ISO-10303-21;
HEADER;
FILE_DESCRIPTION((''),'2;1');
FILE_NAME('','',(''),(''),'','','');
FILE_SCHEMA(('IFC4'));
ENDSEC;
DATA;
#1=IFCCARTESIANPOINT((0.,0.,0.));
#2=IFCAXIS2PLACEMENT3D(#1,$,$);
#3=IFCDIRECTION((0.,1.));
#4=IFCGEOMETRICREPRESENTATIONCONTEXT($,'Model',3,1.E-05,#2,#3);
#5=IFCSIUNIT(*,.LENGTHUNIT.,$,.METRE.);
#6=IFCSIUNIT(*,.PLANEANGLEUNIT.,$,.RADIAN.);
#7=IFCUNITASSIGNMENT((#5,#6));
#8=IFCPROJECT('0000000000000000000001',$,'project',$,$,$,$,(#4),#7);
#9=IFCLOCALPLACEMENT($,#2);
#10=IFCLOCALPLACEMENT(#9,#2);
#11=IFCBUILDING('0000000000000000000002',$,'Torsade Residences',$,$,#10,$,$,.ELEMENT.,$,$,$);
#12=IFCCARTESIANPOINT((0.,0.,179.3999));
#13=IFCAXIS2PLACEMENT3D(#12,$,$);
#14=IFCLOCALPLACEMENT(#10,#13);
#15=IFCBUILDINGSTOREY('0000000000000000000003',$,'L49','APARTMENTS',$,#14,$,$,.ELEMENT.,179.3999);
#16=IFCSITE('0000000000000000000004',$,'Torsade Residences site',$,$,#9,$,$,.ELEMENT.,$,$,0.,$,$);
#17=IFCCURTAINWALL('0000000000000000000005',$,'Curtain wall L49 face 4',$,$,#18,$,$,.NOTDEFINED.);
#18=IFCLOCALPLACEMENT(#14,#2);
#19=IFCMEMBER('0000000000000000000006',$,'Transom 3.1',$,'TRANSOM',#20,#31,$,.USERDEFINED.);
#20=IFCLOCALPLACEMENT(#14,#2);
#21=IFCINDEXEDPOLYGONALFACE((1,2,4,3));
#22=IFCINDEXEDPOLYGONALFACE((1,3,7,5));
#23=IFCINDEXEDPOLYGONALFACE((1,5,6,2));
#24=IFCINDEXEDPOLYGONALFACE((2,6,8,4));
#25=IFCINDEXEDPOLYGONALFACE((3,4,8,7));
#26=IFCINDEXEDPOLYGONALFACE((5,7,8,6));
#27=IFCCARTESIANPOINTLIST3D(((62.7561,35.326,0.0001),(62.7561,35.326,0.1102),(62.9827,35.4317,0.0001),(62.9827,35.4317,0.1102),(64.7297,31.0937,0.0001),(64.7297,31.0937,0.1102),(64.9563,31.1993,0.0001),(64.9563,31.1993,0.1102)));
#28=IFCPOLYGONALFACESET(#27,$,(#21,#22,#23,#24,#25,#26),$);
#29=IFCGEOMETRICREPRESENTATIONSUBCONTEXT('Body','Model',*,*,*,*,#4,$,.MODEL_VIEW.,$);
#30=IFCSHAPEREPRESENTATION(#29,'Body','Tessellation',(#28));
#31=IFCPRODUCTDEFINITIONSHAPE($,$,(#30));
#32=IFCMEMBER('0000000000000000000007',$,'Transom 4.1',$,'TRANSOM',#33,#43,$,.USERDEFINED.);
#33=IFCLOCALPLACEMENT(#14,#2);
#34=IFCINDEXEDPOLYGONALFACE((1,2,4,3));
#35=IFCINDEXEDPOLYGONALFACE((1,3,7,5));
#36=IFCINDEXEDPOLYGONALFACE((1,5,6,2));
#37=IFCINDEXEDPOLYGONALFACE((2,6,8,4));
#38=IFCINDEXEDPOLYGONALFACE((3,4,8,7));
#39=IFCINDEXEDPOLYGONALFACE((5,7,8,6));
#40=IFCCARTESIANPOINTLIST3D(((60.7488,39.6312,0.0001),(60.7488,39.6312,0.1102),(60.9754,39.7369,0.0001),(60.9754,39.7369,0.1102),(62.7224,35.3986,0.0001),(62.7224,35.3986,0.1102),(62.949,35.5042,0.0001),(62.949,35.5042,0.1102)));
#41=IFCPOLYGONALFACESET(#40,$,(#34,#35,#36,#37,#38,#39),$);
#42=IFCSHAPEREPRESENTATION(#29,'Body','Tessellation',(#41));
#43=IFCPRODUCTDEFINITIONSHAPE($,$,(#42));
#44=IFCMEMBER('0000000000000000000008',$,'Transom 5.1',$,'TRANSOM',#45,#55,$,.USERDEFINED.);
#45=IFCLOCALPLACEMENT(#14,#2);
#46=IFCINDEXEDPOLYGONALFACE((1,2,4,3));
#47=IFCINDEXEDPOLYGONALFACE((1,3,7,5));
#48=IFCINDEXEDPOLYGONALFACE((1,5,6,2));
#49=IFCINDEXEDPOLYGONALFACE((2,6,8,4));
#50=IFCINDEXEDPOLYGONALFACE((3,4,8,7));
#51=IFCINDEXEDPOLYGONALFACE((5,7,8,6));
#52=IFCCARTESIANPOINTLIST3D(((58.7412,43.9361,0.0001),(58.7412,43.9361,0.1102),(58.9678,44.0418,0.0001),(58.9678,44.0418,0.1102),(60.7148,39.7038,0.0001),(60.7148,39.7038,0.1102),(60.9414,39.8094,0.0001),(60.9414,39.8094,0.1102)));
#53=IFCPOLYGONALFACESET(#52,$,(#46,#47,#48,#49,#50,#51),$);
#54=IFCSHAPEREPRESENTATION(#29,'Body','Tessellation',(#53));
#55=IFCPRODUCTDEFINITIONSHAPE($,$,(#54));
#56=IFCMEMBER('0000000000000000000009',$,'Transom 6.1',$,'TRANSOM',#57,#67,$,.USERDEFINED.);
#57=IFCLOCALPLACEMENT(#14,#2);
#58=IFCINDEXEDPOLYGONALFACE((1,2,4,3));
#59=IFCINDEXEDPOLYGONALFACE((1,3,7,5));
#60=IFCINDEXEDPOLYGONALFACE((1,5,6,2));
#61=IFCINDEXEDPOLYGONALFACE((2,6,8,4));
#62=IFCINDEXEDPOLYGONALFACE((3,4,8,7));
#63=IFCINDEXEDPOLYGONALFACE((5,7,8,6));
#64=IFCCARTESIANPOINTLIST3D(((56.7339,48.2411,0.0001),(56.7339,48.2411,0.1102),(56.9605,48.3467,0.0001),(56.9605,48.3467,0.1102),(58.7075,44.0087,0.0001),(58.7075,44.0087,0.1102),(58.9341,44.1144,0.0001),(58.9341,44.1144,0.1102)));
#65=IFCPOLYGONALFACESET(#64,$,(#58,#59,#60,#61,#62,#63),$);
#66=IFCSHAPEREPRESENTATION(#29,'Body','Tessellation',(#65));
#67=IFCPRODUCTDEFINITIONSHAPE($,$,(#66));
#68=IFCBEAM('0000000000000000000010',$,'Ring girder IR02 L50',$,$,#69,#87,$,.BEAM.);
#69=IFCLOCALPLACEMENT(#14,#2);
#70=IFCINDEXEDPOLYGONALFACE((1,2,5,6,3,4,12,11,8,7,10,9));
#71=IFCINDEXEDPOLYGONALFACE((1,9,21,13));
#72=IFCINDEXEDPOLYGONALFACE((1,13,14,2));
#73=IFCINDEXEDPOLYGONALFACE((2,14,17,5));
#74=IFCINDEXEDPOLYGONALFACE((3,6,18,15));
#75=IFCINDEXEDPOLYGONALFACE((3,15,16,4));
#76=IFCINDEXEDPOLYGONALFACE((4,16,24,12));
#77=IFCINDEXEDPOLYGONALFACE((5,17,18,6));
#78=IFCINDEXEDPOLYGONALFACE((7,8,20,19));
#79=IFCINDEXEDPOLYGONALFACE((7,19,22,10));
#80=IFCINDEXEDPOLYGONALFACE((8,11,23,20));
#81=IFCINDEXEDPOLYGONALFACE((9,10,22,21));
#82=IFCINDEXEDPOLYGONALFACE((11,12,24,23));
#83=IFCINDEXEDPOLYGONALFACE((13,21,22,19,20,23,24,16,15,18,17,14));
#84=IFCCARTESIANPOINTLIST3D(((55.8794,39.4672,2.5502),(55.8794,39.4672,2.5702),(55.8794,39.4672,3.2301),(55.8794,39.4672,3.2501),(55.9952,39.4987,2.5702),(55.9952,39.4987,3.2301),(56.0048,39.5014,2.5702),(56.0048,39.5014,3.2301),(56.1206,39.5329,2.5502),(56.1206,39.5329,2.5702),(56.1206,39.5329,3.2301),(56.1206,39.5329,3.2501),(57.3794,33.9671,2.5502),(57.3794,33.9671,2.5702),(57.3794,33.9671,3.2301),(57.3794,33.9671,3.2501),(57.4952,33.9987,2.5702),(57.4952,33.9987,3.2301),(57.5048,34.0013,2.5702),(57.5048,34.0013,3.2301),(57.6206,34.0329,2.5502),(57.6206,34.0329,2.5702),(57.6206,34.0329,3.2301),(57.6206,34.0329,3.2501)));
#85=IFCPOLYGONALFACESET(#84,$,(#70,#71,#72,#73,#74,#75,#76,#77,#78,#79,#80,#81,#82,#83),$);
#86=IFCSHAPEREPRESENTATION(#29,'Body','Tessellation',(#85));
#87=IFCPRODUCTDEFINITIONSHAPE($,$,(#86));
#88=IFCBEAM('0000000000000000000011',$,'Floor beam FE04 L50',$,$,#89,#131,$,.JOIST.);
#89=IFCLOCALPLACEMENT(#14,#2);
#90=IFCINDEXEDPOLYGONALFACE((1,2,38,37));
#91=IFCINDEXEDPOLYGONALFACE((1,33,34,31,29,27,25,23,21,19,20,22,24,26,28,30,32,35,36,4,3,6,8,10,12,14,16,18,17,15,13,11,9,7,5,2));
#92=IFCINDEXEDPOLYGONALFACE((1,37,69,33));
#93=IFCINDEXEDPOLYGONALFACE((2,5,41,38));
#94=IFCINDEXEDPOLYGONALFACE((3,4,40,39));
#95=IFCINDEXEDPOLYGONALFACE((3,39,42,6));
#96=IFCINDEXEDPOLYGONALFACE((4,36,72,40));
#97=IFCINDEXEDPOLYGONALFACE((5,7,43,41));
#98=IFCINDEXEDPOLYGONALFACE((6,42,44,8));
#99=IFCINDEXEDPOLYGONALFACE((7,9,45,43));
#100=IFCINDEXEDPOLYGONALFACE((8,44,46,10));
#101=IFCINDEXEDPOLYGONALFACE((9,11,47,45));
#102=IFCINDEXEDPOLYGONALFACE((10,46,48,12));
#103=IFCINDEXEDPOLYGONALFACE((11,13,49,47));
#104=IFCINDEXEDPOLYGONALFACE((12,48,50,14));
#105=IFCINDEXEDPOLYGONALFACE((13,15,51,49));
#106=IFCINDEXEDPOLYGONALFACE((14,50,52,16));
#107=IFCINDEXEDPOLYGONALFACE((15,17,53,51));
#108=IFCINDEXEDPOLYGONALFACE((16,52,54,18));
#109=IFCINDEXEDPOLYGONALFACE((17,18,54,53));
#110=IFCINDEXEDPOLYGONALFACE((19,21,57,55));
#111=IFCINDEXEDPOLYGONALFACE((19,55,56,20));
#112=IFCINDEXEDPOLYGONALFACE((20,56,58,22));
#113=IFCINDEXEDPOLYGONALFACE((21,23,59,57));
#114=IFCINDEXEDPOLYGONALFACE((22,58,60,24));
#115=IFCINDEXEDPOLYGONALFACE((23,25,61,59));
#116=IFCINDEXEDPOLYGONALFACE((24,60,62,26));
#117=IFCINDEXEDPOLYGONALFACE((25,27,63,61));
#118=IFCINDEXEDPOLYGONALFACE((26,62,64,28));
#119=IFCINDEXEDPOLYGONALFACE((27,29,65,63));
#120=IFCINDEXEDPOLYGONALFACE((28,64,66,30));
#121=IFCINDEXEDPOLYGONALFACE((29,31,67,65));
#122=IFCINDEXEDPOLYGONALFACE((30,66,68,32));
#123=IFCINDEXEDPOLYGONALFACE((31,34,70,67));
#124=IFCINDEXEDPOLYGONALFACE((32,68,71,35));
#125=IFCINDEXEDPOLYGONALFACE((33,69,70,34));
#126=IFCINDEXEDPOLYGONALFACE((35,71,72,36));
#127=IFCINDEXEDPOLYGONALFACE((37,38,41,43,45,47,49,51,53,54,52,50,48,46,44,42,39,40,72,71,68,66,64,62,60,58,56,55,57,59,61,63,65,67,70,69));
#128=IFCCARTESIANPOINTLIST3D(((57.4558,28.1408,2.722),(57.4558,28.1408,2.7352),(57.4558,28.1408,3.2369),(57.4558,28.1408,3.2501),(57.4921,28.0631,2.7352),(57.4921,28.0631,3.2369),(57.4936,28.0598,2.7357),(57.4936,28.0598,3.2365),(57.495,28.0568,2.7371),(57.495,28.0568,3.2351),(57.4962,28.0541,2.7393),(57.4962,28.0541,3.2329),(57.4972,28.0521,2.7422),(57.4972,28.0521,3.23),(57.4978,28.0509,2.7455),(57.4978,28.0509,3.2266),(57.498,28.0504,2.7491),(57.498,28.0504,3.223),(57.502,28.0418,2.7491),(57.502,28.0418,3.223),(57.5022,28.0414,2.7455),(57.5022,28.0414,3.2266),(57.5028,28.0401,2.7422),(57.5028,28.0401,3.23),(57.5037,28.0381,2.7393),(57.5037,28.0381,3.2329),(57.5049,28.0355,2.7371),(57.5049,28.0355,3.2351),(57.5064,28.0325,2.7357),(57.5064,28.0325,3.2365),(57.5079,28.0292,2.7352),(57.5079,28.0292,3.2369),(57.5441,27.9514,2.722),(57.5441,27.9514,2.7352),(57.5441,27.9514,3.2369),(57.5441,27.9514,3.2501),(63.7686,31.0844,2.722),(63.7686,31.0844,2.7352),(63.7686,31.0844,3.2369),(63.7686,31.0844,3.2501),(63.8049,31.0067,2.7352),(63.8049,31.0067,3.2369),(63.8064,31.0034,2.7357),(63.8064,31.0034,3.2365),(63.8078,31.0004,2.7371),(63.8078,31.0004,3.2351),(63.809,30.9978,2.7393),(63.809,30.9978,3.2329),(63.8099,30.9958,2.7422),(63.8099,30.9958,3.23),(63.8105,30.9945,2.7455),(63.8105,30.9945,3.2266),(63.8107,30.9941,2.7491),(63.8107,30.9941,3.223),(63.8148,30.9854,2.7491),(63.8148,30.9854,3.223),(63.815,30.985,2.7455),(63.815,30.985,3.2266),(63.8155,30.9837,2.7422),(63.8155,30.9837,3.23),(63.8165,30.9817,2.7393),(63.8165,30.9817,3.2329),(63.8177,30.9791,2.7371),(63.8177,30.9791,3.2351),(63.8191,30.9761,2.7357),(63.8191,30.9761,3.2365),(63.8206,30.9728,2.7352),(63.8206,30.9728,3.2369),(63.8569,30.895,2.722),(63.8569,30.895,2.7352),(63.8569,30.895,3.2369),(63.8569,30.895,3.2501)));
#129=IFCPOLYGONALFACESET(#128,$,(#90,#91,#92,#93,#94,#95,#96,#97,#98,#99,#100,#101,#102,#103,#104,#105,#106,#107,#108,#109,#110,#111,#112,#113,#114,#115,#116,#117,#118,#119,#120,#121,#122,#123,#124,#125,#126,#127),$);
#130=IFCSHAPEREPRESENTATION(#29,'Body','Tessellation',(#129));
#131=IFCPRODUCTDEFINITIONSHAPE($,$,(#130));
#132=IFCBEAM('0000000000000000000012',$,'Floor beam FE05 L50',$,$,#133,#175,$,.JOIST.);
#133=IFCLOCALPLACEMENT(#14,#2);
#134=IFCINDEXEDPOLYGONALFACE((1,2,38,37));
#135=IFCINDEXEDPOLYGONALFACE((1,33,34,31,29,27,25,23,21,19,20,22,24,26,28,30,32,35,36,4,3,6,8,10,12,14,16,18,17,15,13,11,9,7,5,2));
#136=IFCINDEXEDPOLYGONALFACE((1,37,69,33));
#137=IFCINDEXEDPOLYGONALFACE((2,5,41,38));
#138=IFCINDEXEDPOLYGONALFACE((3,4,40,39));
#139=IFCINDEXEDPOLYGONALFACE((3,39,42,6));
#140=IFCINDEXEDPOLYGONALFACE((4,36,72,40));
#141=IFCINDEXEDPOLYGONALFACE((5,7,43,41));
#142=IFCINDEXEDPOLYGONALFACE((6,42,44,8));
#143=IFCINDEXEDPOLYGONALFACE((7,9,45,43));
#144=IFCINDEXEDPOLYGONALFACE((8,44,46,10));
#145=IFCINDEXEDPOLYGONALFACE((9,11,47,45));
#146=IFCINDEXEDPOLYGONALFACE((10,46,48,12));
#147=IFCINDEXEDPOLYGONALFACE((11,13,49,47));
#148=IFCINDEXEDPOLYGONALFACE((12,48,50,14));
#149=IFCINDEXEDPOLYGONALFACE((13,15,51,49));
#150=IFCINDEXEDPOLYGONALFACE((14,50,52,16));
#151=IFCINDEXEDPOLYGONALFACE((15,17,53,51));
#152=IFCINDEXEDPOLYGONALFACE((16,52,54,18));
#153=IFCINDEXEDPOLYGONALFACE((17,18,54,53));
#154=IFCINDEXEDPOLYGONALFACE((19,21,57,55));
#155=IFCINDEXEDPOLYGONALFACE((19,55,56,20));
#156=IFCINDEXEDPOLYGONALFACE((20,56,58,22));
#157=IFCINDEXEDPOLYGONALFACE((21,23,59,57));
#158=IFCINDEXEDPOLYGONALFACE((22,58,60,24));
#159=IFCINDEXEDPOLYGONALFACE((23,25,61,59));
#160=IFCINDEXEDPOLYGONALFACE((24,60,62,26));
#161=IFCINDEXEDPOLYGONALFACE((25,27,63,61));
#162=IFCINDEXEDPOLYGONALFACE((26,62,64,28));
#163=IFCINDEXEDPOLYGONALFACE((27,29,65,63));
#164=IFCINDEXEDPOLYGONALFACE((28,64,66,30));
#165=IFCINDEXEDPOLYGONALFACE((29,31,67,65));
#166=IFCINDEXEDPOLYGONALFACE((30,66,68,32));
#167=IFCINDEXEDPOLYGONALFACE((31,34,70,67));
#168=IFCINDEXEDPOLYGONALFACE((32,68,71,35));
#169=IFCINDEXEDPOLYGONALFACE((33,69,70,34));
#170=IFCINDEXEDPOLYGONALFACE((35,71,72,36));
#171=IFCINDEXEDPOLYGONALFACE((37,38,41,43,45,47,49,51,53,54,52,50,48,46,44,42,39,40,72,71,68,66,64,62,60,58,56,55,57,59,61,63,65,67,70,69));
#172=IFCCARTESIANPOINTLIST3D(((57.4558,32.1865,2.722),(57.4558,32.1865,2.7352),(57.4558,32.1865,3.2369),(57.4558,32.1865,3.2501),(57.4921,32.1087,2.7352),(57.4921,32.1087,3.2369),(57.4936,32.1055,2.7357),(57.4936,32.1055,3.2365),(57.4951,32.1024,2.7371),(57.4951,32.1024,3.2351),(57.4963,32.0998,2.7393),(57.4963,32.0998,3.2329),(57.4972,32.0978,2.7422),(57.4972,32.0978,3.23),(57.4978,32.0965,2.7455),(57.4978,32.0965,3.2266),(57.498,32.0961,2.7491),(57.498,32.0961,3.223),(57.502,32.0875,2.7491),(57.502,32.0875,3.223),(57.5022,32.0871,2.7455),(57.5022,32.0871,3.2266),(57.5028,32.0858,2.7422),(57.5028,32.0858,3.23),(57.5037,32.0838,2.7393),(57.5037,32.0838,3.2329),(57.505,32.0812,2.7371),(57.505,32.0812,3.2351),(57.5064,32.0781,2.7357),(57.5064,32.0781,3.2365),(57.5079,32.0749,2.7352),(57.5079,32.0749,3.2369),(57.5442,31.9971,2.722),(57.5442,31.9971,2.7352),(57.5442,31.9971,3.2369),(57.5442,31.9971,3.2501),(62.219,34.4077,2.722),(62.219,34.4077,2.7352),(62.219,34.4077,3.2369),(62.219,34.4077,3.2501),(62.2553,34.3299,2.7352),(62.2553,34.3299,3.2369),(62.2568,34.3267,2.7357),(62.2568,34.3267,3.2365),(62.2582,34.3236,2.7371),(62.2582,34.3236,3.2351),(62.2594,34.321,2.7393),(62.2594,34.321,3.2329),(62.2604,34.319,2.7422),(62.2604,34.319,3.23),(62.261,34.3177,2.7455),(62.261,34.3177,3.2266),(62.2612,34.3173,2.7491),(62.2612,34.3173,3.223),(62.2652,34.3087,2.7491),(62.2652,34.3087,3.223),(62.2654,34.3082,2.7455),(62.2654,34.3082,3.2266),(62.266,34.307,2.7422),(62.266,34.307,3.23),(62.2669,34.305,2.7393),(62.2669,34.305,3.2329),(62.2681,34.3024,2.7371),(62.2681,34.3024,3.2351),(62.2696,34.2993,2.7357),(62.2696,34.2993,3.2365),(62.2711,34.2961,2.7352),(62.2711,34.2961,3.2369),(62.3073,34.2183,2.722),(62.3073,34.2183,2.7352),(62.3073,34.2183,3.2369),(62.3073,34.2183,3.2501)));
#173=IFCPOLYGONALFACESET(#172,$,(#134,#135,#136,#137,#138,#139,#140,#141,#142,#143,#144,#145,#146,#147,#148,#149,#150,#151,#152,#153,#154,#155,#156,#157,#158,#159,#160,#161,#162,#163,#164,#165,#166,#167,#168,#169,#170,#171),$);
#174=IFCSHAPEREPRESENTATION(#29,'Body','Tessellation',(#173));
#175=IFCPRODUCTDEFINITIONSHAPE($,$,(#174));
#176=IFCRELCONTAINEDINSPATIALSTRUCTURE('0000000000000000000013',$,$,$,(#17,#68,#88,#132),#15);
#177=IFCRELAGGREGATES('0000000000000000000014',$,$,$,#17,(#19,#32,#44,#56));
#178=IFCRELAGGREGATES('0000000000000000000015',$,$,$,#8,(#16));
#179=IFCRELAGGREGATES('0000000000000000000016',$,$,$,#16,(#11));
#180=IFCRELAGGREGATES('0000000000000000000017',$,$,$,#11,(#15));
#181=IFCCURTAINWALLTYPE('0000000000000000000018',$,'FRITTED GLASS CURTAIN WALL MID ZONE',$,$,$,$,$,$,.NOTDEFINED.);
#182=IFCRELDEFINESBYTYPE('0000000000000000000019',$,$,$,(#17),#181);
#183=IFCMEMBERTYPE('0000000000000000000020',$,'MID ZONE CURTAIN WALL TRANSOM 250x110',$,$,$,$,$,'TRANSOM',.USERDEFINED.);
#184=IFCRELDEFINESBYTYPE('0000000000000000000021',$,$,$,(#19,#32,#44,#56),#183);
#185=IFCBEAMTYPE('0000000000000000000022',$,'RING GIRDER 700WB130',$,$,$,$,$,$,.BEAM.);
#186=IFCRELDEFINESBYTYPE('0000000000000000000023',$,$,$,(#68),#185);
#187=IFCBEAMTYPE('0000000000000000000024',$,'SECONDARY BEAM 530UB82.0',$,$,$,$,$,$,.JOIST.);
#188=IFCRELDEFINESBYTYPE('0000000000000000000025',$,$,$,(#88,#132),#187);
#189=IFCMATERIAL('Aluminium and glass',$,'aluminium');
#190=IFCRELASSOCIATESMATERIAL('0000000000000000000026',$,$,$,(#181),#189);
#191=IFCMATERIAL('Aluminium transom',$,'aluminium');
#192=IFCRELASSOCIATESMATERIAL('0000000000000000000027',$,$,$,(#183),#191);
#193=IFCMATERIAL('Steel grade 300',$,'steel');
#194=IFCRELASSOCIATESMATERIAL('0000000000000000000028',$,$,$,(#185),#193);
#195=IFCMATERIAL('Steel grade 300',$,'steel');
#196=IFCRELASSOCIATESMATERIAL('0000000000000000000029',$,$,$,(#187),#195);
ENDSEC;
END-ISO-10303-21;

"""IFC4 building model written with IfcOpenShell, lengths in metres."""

from ifc_helpers import new_model, si_unit, direction, frame, origin, origin_2d, place, context, subcontext, project, spatial, rectangle, i_section, extrude, material, material_profile, profile_set, type_object, element, aggregate, save


model = new_model("IFC4")

# Units and contexts
model_context = context("Model", 3, precision=1e-05, world=origin(), true_north=direction((0.0, 1.0)))
body_context = subcontext(model_context, "Body", "Model", "MODEL_VIEW")
ifc_project = project(units=[si_unit("LENGTHUNIT", "METRE"), si_unit("PLANEANGLEUNIT", "RADIAN")], contexts=[model_context])

# Site, building, storey
site_placement = place(None, origin())
site = spatial("IfcSite", under=ifc_project, at=site_placement, Name="Torsade Residences site", CompositionType="ELEMENT", RefElevation=0.0)
building_placement = place(site_placement, origin())
building = spatial("IfcBuilding", under=site, at=building_placement, Name="Torsade Residences", CompositionType="ELEMENT")
storey_placement = place(building_placement, frame((0.0, 0.0, 179.3999)))
storey = spatial("IfcBuildingStorey", under=building, at=storey_placement, Name="L49", Description="APARTMENTS", CompositionType="ELEMENT", Elevation=179.3999)

# Curtain wall, members
ifc_material_1 = material(Name="Aluminium and glass", Category="aluminium")
curtain_wall_type = type_object("IfcCurtainWallType", Name="FRITTED GLASS CURTAIN WALL MID ZONE", PredefinedType="NOTDEFINED", material=ifc_material_1)
curtain_wall_placement = place(storey_placement, origin())
curtain_wall = element("IfcCurtainWall", 1, at=curtain_wall_placement, inside=storey, type_object=curtain_wall_type, Name="Curtain wall L49 face 4", PredefinedType="NOTDEFINED")
ifc_material_2 = material(Name="Aluminium transom", Category="aluminium")
ifc_material_profile_1 = material_profile(ifc_material_2, rectangle(XDim=0.25, YDim=0.1101, at=origin_2d()), Name="MID ZONE CURTAIN WALL TRANSOM 250x110")
ifc_profile_set_1 = profile_set([ifc_material_profile_1], Name="Aluminium transom")
member_type_1 = type_object("IfcMemberType", Name="MID ZONE CURTAIN WALL TRANSOM 250x110", ElementType="TRANSOM", PredefinedType="USERDEFINED", material=ifc_profile_set_1)
member_1_placement = place(storey_placement, frame((64.843, 31.1465, 0.0552), z_axis=(-0.422622, 0.906306, 0.0), x_axis=(-0.906306, -0.422622, 0.0)))
member_1 = element("IfcMember", 2, at=member_1_placement, type_object=member_type_1, Name="Transom 3.1", ObjectType="TRANSOM", PredefinedType="USERDEFINED", context=body_context, shape_type="SweptSolid", body=[
    extrude(rectangle(XDim=0.25, YDim=0.1101, at=origin_2d()), origin(), (0.0, 0.0, 1.0), 4.6699),
])
member_2_placement = place(storey_placement, frame((62.8357, 35.4514, 0.0552), z_axis=(-0.422602, 0.906315, 0.0), x_axis=(-0.906315, -0.422602, 0.0)))
member_2 = element("IfcMember", 3, at=member_2_placement, type_object=member_type_1, Name="Transom 4.1", ObjectType="TRANSOM", PredefinedType="USERDEFINED", context=body_context, shape_type="SweptSolid", body=[
    extrude(rectangle(XDim=0.25, YDim=0.1101, at=origin_2d()), origin(), (0.0, 0.0, 1.0), 4.6702),
])
member_3_placement = place(storey_placement, frame((60.8281, 39.7566, 0.0552), z_axis=(-0.422622, 0.906306, 0.0), x_axis=(-0.906306, -0.422622, 0.0)))
member_3 = element("IfcMember", 4, at=member_3_placement, type_object=member_type_1, Name="Transom 5.1", ObjectType="TRANSOM", PredefinedType="USERDEFINED", context=body_context, shape_type="SweptSolid", body=[
    extrude(rectangle(XDim=0.25, YDim=0.1101, at=origin_2d()), origin(), (0.0, 0.0, 1.0), 4.6699),
])
member_4_placement = place(storey_placement, frame((58.8208, 44.0615, 0.0552), z_axis=(-0.422622, 0.906306, 0.0), x_axis=(-0.906306, -0.422622, 0.0)))
member_4 = element("IfcMember", 5, at=member_4_placement, type_object=member_type_1, Name="Transom 6.1", ObjectType="TRANSOM", PredefinedType="USERDEFINED", context=body_context, shape_type="SweptSolid", body=[
    extrude(rectangle(XDim=0.25, YDim=0.1101, at=origin_2d()), origin(), (0.0, 0.0, 1.0), 4.6699),
])

# Beams
ifc_material_3 = material(Name="Steel grade 300", Category="steel")
ifc_material_profile_2 = material_profile(ifc_material_3, i_section(OverallWidth=0.25, OverallDepth=0.7, WebThickness=0.01, FlangeThickness=0.02, at=origin_2d()), Name="700WB130")
ifc_profile_set_2 = profile_set([ifc_material_profile_2], Name="Steel grade 300")
beam_type_1 = type_object("IfcBeamType", Name="RING GIRDER 700WB130", PredefinedType="BEAM", material=ifc_profile_set_2)
beam_1_placement = place(storey_placement, frame((57.5, 34.0, 2.9001), z_axis=(-0.263117, 0.964764, 0.0), x_axis=(-0.964764, -0.263117, 0.0)))
element("IfcBeam", 6, at=beam_1_placement, inside=storey, type_object=beam_type_1, Name="Ring girder IR02 L50", PredefinedType="BEAM", context=body_context, shape_type="SweptSolid", body=[
    extrude(i_section(OverallWidth=0.25, OverallDepth=0.7, WebThickness=0.01, FlangeThickness=0.02, at=origin_2d()), origin(), (0.0, 0.0, 1.0), 5.7009),
])
ifc_material_4 = material(Name="Steel grade 300", Category="steel")
ifc_material_profile_3 = material_profile(ifc_material_4, i_section(OverallWidth=0.209, OverallDepth=0.5281, WebThickness=0.0095, FlangeThickness=0.0132, FilletRadius=0.0139, at=origin_2d()), Name="530UB82.0")
ifc_profile_set_3 = profile_set([ifc_material_profile_3], Name="Steel grade 300")
beam_type_2 = type_object("IfcBeamType", Name="SECONDARY BEAM 530UB82.0", PredefinedType="JOIST", material=ifc_profile_set_3)
beam_2_placement = place(storey_placement, frame((63.8127, 30.9897, 2.9861), z_axis=(-0.906312, -0.422609, 0.0), x_axis=(0.422609, -0.906312, 0.0)))
element("IfcBeam", 7, at=beam_2_placement, inside=storey, type_object=beam_type_2, Name="Floor beam FE04 L50", PredefinedType="JOIST", context=body_context, shape_type="SweptSolid", body=[
    extrude(i_section(OverallWidth=0.209, OverallDepth=0.5281, WebThickness=0.0095, FlangeThickness=0.0132, FilletRadius=0.0139, at=origin_2d()), origin(), (0.0, 0.0, 1.0), 6.9653),
])
beam_3_placement = place(storey_placement, frame((62.2632, 34.313, 2.9861), z_axis=(-0.906302, -0.422631, 0.0), x_axis=(0.422631, -0.906302, 0.0)))
element("IfcBeam", 8, at=beam_3_placement, inside=storey, type_object=beam_type_2, Name="Floor beam FE05 L50", PredefinedType="JOIST", context=body_context, shape_type="SweptSolid", body=[
    extrude(i_section(OverallWidth=0.209, OverallDepth=0.5281, WebThickness=0.0095, FlangeThickness=0.0132, FilletRadius=0.0139, at=origin_2d()), origin(), (0.0, 0.0, 1.0), 5.2556),
])

aggregate(curtain_wall, [member_1, member_2, member_3, member_4])

save(model, "model.ifc")
